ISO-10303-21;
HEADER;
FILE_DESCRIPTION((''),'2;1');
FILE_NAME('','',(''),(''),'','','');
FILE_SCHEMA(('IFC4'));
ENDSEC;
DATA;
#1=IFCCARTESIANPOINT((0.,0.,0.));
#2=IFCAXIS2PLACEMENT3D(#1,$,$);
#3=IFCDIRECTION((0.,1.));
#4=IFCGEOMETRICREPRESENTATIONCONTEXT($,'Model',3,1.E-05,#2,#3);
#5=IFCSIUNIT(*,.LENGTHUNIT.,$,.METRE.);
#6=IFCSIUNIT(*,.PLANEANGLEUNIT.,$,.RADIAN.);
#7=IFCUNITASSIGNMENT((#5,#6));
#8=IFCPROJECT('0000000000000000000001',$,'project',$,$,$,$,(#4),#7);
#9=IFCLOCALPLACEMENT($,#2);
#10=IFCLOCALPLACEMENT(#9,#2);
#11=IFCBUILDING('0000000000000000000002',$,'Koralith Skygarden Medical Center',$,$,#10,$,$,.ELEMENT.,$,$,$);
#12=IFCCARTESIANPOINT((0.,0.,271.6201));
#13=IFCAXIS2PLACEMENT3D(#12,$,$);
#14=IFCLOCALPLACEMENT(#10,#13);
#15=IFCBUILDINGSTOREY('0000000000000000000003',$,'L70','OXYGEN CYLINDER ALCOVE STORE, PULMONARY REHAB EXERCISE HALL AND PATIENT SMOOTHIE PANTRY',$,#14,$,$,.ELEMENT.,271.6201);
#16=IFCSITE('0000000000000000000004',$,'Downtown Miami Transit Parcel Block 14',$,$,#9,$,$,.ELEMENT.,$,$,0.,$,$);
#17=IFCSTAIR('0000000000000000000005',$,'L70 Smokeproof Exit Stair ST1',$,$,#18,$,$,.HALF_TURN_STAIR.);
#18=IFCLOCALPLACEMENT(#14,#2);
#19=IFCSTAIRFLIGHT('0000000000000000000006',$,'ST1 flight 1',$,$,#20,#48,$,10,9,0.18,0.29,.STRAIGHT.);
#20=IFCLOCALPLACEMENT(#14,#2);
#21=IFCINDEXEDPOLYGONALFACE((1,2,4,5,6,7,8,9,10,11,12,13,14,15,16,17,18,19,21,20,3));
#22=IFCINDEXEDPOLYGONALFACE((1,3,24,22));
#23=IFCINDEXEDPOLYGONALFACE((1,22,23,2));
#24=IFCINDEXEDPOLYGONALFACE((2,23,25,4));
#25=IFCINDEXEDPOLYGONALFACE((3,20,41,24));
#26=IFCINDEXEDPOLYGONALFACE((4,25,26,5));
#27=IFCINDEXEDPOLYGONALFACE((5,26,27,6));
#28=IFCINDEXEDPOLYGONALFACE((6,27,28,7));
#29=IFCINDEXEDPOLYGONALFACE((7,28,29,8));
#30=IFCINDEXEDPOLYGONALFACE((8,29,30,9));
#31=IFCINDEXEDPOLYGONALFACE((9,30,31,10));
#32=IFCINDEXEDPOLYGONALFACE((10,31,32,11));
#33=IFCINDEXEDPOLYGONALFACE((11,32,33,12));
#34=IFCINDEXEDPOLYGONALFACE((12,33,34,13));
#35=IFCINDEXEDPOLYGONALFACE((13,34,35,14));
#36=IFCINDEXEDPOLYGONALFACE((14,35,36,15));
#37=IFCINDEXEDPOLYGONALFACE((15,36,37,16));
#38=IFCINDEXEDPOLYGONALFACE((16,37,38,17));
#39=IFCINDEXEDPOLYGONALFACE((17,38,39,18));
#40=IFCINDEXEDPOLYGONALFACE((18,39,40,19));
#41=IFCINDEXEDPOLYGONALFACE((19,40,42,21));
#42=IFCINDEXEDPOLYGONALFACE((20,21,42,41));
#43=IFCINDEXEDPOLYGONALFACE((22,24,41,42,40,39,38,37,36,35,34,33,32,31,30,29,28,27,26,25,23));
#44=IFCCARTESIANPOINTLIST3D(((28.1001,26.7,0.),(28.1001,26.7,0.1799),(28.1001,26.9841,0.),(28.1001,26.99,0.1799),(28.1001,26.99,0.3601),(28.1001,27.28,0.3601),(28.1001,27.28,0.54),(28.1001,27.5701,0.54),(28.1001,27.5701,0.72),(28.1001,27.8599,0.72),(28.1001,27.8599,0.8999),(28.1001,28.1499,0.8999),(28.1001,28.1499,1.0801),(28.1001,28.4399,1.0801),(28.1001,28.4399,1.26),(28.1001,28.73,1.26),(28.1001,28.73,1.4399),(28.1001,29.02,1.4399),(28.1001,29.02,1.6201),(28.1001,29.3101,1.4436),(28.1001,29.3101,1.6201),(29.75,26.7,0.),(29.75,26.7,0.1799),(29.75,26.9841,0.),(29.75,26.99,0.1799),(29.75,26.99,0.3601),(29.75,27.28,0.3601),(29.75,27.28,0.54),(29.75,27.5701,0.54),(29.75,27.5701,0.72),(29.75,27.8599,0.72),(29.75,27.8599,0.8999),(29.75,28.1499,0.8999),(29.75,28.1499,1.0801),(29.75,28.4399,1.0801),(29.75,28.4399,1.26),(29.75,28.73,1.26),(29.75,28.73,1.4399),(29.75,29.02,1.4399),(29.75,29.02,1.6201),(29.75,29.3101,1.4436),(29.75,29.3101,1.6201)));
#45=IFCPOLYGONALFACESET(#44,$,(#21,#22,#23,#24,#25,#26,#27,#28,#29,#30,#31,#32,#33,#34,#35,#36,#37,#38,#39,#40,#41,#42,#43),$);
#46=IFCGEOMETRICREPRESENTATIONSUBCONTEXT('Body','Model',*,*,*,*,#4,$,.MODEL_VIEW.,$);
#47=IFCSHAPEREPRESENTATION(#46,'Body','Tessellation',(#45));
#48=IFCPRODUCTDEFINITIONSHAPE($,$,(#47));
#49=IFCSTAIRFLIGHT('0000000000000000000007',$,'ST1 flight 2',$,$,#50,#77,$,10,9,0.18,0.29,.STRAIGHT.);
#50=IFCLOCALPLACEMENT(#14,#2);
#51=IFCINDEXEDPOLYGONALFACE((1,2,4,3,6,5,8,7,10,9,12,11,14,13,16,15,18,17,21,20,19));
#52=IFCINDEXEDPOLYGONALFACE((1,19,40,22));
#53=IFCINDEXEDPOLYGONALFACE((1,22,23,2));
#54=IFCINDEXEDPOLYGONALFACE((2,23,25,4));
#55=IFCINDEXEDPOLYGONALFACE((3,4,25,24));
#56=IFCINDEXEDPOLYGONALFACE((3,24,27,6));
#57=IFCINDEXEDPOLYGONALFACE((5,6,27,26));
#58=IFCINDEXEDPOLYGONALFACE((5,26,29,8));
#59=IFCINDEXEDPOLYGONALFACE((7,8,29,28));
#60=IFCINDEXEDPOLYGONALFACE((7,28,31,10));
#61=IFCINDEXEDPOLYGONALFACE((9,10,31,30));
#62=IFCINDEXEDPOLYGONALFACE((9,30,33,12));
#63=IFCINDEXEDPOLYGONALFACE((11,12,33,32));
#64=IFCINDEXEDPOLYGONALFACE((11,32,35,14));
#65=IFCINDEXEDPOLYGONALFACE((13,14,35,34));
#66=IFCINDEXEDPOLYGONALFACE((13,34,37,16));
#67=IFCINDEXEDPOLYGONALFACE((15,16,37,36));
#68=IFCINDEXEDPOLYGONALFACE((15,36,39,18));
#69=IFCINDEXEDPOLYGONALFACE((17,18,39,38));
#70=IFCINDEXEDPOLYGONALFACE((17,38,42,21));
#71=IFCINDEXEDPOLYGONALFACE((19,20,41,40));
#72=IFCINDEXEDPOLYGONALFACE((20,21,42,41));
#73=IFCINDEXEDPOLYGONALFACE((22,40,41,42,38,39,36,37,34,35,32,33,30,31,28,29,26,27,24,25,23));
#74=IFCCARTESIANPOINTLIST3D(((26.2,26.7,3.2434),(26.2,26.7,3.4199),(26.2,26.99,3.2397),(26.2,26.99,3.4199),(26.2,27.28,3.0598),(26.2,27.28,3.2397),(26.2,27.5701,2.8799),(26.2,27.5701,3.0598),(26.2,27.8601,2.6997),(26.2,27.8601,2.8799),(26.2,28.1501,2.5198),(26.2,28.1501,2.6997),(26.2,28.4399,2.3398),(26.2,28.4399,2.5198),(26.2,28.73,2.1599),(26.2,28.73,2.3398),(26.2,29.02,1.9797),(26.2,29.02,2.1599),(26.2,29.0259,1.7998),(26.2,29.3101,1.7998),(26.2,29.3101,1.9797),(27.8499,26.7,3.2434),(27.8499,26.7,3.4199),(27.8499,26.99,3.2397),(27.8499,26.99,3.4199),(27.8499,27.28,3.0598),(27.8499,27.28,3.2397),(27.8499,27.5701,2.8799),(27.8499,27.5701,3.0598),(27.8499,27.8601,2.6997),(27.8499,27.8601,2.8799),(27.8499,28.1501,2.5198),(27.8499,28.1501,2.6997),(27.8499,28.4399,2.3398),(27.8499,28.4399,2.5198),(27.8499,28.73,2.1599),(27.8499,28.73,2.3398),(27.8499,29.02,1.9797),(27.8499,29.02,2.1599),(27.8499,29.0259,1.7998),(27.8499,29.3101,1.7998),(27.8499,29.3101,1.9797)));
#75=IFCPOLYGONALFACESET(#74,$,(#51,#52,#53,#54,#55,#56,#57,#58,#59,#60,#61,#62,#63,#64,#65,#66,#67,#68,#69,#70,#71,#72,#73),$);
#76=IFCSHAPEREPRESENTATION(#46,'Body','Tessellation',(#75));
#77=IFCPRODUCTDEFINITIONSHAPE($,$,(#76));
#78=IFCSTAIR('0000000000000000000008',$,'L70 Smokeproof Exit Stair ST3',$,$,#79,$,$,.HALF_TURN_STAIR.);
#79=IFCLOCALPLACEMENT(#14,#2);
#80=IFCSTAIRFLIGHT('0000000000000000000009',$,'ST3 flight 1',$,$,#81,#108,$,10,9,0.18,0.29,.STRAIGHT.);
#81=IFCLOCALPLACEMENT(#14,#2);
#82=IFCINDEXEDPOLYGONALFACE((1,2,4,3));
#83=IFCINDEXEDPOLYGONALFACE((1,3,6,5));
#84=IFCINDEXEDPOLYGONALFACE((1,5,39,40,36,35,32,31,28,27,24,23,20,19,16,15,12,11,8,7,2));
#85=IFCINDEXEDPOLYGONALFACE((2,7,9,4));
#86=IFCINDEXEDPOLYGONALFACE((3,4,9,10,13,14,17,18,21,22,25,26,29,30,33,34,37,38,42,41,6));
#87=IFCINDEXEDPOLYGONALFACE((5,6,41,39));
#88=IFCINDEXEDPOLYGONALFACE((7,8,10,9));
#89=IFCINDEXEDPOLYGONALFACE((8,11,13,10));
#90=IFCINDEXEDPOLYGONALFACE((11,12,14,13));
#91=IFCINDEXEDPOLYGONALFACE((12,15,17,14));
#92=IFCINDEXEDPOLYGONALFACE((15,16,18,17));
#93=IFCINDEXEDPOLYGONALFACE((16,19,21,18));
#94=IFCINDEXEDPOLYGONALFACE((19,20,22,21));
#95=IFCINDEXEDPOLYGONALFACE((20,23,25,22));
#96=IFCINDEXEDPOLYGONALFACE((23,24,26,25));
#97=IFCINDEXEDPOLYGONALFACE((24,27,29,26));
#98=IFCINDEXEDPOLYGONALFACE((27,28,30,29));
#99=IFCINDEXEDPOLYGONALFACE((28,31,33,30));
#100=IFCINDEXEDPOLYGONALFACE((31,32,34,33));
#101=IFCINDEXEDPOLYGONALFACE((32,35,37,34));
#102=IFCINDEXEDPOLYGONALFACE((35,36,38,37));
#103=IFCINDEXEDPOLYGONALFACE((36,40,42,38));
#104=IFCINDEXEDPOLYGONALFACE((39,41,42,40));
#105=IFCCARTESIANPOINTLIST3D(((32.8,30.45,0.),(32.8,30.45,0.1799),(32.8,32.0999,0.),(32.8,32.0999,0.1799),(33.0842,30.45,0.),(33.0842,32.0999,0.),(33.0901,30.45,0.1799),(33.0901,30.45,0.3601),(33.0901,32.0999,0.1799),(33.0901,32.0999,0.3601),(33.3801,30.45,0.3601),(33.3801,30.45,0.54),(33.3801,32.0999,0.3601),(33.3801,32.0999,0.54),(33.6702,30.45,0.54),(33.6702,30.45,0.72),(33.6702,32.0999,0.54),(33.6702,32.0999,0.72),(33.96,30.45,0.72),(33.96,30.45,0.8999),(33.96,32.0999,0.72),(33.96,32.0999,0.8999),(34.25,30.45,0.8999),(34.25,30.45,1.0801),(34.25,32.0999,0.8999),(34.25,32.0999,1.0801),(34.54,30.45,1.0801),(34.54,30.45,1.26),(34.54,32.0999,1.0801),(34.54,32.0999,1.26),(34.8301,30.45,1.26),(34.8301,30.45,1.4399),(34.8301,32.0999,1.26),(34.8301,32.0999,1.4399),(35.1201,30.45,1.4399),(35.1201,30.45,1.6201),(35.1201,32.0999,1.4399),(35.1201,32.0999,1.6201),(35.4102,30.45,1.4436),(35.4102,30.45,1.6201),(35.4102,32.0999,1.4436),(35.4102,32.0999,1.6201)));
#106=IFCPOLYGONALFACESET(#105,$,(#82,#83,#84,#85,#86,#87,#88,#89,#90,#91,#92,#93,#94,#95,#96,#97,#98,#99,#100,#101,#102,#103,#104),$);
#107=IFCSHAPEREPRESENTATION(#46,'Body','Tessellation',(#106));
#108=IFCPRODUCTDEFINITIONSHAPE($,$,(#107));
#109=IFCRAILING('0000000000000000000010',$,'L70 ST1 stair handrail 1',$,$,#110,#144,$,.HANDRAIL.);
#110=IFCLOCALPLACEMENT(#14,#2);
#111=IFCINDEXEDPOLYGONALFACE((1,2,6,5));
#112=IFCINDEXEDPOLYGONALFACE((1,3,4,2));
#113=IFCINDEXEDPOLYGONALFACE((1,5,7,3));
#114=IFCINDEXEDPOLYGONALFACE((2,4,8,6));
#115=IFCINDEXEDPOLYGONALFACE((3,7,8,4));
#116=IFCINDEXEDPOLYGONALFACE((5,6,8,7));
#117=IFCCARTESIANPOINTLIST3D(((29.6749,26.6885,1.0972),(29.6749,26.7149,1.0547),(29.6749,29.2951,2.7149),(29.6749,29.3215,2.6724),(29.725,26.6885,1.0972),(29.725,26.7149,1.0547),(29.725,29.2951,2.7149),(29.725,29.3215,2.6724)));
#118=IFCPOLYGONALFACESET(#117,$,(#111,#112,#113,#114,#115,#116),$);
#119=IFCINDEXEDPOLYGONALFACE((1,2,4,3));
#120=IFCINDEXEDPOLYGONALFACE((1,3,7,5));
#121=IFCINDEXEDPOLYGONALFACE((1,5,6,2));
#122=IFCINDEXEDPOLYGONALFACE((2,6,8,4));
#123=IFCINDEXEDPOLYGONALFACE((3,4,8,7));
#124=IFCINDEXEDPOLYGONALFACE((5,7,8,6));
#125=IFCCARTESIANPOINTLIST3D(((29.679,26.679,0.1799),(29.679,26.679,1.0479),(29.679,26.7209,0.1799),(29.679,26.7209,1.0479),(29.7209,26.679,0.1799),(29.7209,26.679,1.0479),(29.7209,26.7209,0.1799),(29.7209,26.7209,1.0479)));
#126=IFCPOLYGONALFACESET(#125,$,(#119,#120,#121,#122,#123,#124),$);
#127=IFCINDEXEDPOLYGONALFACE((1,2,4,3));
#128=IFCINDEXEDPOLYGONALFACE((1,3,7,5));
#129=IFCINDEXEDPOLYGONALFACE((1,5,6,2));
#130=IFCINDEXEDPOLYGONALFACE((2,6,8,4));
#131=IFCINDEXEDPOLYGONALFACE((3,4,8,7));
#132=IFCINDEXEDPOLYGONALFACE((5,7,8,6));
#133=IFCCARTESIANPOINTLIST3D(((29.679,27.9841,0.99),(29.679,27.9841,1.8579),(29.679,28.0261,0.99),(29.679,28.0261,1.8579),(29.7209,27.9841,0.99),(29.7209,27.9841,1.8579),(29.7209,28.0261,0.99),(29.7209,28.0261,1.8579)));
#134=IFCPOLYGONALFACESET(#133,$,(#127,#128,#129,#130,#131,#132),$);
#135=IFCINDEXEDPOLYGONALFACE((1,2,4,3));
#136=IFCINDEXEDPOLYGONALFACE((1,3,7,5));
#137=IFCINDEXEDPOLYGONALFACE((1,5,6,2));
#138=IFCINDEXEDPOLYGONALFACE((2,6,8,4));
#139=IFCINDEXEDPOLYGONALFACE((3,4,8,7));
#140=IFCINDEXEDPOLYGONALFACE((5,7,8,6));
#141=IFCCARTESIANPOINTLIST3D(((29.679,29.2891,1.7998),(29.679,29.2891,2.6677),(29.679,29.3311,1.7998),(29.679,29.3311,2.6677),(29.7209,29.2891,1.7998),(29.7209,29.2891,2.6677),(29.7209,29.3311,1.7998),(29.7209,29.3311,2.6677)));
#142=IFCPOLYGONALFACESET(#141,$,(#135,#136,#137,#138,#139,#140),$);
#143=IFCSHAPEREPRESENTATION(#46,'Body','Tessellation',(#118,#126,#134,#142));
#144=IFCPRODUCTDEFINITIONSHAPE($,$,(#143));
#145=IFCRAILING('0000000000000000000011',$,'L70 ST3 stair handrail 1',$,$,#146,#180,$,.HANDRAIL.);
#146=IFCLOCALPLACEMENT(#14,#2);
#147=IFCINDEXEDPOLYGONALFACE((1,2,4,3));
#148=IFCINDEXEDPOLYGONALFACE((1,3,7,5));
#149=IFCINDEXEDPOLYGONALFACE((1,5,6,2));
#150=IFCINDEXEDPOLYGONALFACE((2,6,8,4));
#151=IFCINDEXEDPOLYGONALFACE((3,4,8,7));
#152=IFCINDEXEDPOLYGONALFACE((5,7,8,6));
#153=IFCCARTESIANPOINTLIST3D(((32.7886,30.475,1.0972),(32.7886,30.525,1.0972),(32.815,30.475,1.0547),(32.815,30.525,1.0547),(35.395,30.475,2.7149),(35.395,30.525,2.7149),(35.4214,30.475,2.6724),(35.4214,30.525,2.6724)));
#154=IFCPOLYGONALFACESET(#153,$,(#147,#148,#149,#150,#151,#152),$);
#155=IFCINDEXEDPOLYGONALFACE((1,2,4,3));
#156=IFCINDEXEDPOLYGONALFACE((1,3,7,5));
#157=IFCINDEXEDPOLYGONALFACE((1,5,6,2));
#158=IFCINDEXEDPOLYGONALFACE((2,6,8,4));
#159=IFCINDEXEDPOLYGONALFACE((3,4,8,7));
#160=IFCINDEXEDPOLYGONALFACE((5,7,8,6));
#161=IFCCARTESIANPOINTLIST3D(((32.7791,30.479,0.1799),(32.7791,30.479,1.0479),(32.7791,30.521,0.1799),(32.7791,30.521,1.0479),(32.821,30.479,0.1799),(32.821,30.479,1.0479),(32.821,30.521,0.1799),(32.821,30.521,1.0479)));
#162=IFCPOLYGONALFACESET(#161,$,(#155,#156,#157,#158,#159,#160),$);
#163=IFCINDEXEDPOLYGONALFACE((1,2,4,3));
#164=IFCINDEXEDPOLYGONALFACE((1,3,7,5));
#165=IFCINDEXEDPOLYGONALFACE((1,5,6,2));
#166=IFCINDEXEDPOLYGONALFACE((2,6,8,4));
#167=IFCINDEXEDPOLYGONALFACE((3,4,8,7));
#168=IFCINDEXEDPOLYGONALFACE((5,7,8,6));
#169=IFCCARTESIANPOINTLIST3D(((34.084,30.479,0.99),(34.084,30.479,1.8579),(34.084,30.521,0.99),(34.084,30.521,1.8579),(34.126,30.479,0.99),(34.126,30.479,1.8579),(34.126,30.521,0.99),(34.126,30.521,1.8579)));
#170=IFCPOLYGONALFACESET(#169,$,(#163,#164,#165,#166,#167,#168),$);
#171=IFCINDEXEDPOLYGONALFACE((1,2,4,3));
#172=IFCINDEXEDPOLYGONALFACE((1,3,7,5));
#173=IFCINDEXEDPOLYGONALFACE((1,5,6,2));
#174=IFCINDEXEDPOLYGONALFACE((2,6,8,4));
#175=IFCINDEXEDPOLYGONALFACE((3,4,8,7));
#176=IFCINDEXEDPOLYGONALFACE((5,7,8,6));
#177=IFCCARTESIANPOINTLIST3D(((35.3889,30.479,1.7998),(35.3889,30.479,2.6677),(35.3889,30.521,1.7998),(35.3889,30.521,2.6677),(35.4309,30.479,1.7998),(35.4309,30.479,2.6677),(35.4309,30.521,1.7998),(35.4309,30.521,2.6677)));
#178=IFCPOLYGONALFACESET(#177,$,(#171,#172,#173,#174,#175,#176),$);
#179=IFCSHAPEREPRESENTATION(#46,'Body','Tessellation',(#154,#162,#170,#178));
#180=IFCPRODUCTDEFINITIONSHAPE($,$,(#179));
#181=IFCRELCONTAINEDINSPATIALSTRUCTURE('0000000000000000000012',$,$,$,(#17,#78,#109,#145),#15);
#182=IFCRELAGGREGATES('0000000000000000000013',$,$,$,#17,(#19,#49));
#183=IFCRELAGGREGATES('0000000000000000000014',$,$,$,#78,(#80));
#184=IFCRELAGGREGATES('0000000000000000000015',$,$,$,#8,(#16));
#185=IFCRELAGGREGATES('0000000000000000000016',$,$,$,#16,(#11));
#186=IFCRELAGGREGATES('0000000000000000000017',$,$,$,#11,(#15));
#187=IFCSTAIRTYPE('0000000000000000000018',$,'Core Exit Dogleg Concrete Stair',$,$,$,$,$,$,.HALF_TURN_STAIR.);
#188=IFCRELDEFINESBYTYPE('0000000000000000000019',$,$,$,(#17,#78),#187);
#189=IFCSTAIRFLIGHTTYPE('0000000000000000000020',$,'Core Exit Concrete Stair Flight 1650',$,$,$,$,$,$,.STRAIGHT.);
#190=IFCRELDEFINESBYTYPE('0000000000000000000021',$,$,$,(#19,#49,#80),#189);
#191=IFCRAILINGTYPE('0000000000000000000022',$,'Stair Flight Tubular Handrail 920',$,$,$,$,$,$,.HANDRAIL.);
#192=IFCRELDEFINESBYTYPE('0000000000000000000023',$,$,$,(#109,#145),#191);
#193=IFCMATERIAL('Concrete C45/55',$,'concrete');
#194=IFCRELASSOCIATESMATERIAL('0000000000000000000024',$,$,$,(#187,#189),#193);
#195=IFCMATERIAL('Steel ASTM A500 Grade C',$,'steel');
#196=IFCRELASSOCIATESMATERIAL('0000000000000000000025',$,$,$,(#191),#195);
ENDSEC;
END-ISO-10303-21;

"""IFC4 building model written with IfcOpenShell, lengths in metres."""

from ifc_helpers import new_model, si_unit, direction, frame, origin, origin_2d, place, context, subcontext, project, spatial, polyline, rectangle, outline, extrude, material, type_object, element, aggregate, save


model = new_model("IFC4")

# Units and contexts
model_context = context("Model", 3, precision=1e-05, world=origin(), true_north=direction((0.0, 1.0)))
body_context = subcontext(model_context, "Body", "Model", "MODEL_VIEW")
ifc_project = project(units=[si_unit("LENGTHUNIT", "METRE"), si_unit("PLANEANGLEUNIT", "RADIAN")], contexts=[model_context])

# Site, building, storey
site_placement = place(None, origin())
site = spatial("IfcSite", under=ifc_project, at=site_placement, Name="Downtown Miami Transit Parcel Block 14", CompositionType="ELEMENT", RefElevation=0.0)
building_placement = place(site_placement, origin())
building = spatial("IfcBuilding", under=site, at=building_placement, Name="Koralith Skygarden Medical Center", CompositionType="ELEMENT")
storey_placement = place(building_placement, frame((0.0, 0.0, 271.6201)))
storey = spatial("IfcBuildingStorey", under=building, at=storey_placement, Name="L70", Description="OXYGEN CYLINDER ALCOVE STORE, PULMONARY REHAB EXERCISE HALL AND PATIENT SMOOTHIE PANTRY", CompositionType="ELEMENT", Elevation=271.6201)

# Shared definitions
ifc_material_1 = material(Name="Concrete C45/55", Category="concrete")

# Stair, stair flights
stair_type = type_object("IfcStairType", Name="Core Exit Dogleg Concrete Stair", PredefinedType="HALF_TURN_STAIR", material=ifc_material_1)
stair_1_placement = place(storey_placement, origin())
stair_1 = element("IfcStair", 1, at=stair_1_placement, inside=storey, type_object=stair_type, Name="L70 Smokeproof Exit Stair ST1", PredefinedType="HALF_TURN_STAIR")
stair_flight_type = type_object("IfcStairFlightType", Name="Core Exit Concrete Stair Flight 1650", PredefinedType="STRAIGHT", material=ifc_material_1)
stair_flight_1_placement = place(storey_placement, frame((28.925, 26.7, 0.0), z_axis=(0.0, 0.0, 1.0), x_axis=(0.0, 1.0, 0.0)))
stair_flight_1 = element("IfcStairFlight", 2, at=stair_flight_1_placement, type_object=stair_flight_type, Name="ST1 flight 1", NumberOfRisers=10, NumberOfTreads=9, PredefinedType="STRAIGHT", RiserHeight=0.18, TreadLength=0.29, context=body_context, shape_type="SweptSolid", body=[
    extrude(outline(polyline([(0.0, 0.0), (0.0, 0.1799), (0.29, 0.1799), (0.29, 0.3601), (0.5801, 0.3601), (0.5801, 0.54), (0.8701, 0.54), (0.8701, 0.72), (1.1599, 0.72), (1.1599, 0.8999), (1.45, 0.8999), (1.45, 1.0801), (1.74, 1.0801), (1.74, 1.26), (2.03, 1.26), (2.03, 1.4399), (2.3201, 1.4399), (2.3201, 1.6201), (2.6101, 1.6201), (2.6101, 1.8), (2.6101, 1.4436), (0.2842, 0.0), (0.0, 0.0)])), frame((0.0, 0.825, 0.0), z_axis=(0.0, -1.0, 0.0), x_axis=(1.0, 0.0, 0.0)), (0.0, 0.0, 1.0), 1.6499),
])
stair_flight_2_placement = place(storey_placement, frame((27.0249, 29.3101, 1.7998), z_axis=(0.0, 0.0, 1.0), x_axis=(0.0, -1.0, 0.0)))
stair_flight_2 = element("IfcStairFlight", 3, at=stair_flight_2_placement, type_object=stair_flight_type, Name="ST1 flight 2", NumberOfRisers=10, NumberOfTreads=9, PredefinedType="STRAIGHT", RiserHeight=0.18, TreadLength=0.29, context=body_context, shape_type="SweptSolid", body=[
    extrude(outline(polyline([(0.0, 0.0), (0.0, 0.1799), (0.29, 0.1799), (0.29, 0.3601), (0.5801, 0.3601), (0.5801, 0.54), (0.8701, 0.54), (0.8701, 0.72), (1.1599, 0.72), (1.1599, 0.8999), (1.45, 0.8999), (1.45, 1.0801), (1.74, 1.0801), (1.74, 1.26), (2.03, 1.26), (2.03, 1.4399), (2.3201, 1.4399), (2.3201, 1.6201), (2.6101, 1.6201), (2.6101, 1.8), (2.6101, 1.4436), (0.2842, 0.0), (0.0, 0.0)])), frame((0.0, 0.825, 0.0), z_axis=(0.0, -1.0, 0.0), x_axis=(1.0, 0.0, 0.0)), (0.0, 0.0, 1.0), 1.6499),
])
aggregate(stair_1, [stair_flight_1, stair_flight_2])

# Stair, stair flight
stair_2_placement = place(storey_placement, origin())
stair_2 = element("IfcStair", 4, at=stair_2_placement, inside=storey, type_object=stair_type, Name="L70 Smokeproof Exit Stair ST3", PredefinedType="HALF_TURN_STAIR")
stair_flight_3_placement = place(storey_placement, frame((32.8, 31.2749, 0.0), z_axis=(0.0, 0.0, 1.0), x_axis=(1.0, 0.0, 0.0)))
stair_flight_3 = element("IfcStairFlight", 5, at=stair_flight_3_placement, type_object=stair_flight_type, Name="ST3 flight 1", NumberOfRisers=10, NumberOfTreads=9, PredefinedType="STRAIGHT", RiserHeight=0.18, TreadLength=0.29, context=body_context, shape_type="SweptSolid", body=[
    extrude(outline(polyline([(0.0, 0.0), (0.0, 0.1799), (0.29, 0.1799), (0.29, 0.3601), (0.5801, 0.3601), (0.5801, 0.54), (0.8701, 0.54), (0.8701, 0.72), (1.1599, 0.72), (1.1599, 0.8999), (1.45, 0.8999), (1.45, 1.0801), (1.74, 1.0801), (1.74, 1.26), (2.03, 1.26), (2.03, 1.4399), (2.3201, 1.4399), (2.3201, 1.6201), (2.6101, 1.6201), (2.6101, 1.8), (2.6101, 1.4436), (0.2842, 0.0), (0.0, 0.0)])), frame((0.0, 0.825, 0.0), z_axis=(0.0, -1.0, 0.0), x_axis=(1.0, 0.0, 0.0)), (0.0, 0.0, 1.0), 1.6499),
])
aggregate(stair_2, [stair_flight_3])

# Railings
ifc_material_2 = material(Name="Steel ASTM A500 Grade C", Category="steel")
railing_type_1 = type_object("IfcRailingType", Name="Stair Flight Tubular Handrail 920", PredefinedType="HANDRAIL", material=ifc_material_2)
railing_1_placement = place(storey_placement, frame((29.7, 26.7, 0.1799)))
element("IfcRailing", 6, at=railing_1_placement, inside=storey, type_object=railing_type_1, Name="L70 ST1 stair handrail 1", PredefinedType="HANDRAIL", context=body_context, shape_type="SweptSolid", body=[
    extrude(rectangle(XDim=0.05, YDim=0.05, at=origin_2d()), frame((0.0, 0.0017, 0.896), z_axis=(0.0, 0.849668, 0.527317), x_axis=(-1.0, 0.0, 0.0)), (0.0, 0.0, 1.0), 3.0679),
    extrude(rectangle(XDim=0.042, YDim=0.042, at=origin_2d()), origin(), (0.0, 0.0, 1.0), 0.8679),
    extrude(rectangle(XDim=0.042, YDim=0.042, at=origin_2d()), frame((0.0, 1.3052, 0.8101)), (0.0, 0.0, 1.0), 0.8679),
    extrude(rectangle(XDim=0.042, YDim=0.042, at=origin_2d()), frame((0.0, 2.6101, 1.6199)), (0.0, 0.0, 1.0), 0.8679),
])
railing_2_placement = place(storey_placement, frame((32.8, 30.5, 0.1799)))
element("IfcRailing", 7, at=railing_2_placement, inside=storey, type_object=railing_type_1, Name="L70 ST3 stair handrail 1", PredefinedType="HANDRAIL", context=body_context, shape_type="SweptSolid", body=[
    extrude(rectangle(XDim=0.05, YDim=0.05, at=origin_2d()), frame((0.0017, 0.0, 0.896), z_axis=(0.849646, 0.0, 0.527353), x_axis=(0.0, 1.0, 0.0)), (0.0, 0.0, 1.0), 3.0676),
    extrude(rectangle(XDim=0.042, YDim=0.042, at=origin_2d()), origin(), (0.0, 0.0, 1.0), 0.8679),
    extrude(rectangle(XDim=0.042, YDim=0.042, at=origin_2d()), frame((1.3049, 0.0, 0.8101)), (0.0, 0.0, 1.0), 0.8679),
    extrude(rectangle(XDim=0.042, YDim=0.042, at=origin_2d()), frame((2.6099, 0.0, 1.6199)), (0.0, 0.0, 1.0), 0.8679),
])

save(model, "model.ifc")
